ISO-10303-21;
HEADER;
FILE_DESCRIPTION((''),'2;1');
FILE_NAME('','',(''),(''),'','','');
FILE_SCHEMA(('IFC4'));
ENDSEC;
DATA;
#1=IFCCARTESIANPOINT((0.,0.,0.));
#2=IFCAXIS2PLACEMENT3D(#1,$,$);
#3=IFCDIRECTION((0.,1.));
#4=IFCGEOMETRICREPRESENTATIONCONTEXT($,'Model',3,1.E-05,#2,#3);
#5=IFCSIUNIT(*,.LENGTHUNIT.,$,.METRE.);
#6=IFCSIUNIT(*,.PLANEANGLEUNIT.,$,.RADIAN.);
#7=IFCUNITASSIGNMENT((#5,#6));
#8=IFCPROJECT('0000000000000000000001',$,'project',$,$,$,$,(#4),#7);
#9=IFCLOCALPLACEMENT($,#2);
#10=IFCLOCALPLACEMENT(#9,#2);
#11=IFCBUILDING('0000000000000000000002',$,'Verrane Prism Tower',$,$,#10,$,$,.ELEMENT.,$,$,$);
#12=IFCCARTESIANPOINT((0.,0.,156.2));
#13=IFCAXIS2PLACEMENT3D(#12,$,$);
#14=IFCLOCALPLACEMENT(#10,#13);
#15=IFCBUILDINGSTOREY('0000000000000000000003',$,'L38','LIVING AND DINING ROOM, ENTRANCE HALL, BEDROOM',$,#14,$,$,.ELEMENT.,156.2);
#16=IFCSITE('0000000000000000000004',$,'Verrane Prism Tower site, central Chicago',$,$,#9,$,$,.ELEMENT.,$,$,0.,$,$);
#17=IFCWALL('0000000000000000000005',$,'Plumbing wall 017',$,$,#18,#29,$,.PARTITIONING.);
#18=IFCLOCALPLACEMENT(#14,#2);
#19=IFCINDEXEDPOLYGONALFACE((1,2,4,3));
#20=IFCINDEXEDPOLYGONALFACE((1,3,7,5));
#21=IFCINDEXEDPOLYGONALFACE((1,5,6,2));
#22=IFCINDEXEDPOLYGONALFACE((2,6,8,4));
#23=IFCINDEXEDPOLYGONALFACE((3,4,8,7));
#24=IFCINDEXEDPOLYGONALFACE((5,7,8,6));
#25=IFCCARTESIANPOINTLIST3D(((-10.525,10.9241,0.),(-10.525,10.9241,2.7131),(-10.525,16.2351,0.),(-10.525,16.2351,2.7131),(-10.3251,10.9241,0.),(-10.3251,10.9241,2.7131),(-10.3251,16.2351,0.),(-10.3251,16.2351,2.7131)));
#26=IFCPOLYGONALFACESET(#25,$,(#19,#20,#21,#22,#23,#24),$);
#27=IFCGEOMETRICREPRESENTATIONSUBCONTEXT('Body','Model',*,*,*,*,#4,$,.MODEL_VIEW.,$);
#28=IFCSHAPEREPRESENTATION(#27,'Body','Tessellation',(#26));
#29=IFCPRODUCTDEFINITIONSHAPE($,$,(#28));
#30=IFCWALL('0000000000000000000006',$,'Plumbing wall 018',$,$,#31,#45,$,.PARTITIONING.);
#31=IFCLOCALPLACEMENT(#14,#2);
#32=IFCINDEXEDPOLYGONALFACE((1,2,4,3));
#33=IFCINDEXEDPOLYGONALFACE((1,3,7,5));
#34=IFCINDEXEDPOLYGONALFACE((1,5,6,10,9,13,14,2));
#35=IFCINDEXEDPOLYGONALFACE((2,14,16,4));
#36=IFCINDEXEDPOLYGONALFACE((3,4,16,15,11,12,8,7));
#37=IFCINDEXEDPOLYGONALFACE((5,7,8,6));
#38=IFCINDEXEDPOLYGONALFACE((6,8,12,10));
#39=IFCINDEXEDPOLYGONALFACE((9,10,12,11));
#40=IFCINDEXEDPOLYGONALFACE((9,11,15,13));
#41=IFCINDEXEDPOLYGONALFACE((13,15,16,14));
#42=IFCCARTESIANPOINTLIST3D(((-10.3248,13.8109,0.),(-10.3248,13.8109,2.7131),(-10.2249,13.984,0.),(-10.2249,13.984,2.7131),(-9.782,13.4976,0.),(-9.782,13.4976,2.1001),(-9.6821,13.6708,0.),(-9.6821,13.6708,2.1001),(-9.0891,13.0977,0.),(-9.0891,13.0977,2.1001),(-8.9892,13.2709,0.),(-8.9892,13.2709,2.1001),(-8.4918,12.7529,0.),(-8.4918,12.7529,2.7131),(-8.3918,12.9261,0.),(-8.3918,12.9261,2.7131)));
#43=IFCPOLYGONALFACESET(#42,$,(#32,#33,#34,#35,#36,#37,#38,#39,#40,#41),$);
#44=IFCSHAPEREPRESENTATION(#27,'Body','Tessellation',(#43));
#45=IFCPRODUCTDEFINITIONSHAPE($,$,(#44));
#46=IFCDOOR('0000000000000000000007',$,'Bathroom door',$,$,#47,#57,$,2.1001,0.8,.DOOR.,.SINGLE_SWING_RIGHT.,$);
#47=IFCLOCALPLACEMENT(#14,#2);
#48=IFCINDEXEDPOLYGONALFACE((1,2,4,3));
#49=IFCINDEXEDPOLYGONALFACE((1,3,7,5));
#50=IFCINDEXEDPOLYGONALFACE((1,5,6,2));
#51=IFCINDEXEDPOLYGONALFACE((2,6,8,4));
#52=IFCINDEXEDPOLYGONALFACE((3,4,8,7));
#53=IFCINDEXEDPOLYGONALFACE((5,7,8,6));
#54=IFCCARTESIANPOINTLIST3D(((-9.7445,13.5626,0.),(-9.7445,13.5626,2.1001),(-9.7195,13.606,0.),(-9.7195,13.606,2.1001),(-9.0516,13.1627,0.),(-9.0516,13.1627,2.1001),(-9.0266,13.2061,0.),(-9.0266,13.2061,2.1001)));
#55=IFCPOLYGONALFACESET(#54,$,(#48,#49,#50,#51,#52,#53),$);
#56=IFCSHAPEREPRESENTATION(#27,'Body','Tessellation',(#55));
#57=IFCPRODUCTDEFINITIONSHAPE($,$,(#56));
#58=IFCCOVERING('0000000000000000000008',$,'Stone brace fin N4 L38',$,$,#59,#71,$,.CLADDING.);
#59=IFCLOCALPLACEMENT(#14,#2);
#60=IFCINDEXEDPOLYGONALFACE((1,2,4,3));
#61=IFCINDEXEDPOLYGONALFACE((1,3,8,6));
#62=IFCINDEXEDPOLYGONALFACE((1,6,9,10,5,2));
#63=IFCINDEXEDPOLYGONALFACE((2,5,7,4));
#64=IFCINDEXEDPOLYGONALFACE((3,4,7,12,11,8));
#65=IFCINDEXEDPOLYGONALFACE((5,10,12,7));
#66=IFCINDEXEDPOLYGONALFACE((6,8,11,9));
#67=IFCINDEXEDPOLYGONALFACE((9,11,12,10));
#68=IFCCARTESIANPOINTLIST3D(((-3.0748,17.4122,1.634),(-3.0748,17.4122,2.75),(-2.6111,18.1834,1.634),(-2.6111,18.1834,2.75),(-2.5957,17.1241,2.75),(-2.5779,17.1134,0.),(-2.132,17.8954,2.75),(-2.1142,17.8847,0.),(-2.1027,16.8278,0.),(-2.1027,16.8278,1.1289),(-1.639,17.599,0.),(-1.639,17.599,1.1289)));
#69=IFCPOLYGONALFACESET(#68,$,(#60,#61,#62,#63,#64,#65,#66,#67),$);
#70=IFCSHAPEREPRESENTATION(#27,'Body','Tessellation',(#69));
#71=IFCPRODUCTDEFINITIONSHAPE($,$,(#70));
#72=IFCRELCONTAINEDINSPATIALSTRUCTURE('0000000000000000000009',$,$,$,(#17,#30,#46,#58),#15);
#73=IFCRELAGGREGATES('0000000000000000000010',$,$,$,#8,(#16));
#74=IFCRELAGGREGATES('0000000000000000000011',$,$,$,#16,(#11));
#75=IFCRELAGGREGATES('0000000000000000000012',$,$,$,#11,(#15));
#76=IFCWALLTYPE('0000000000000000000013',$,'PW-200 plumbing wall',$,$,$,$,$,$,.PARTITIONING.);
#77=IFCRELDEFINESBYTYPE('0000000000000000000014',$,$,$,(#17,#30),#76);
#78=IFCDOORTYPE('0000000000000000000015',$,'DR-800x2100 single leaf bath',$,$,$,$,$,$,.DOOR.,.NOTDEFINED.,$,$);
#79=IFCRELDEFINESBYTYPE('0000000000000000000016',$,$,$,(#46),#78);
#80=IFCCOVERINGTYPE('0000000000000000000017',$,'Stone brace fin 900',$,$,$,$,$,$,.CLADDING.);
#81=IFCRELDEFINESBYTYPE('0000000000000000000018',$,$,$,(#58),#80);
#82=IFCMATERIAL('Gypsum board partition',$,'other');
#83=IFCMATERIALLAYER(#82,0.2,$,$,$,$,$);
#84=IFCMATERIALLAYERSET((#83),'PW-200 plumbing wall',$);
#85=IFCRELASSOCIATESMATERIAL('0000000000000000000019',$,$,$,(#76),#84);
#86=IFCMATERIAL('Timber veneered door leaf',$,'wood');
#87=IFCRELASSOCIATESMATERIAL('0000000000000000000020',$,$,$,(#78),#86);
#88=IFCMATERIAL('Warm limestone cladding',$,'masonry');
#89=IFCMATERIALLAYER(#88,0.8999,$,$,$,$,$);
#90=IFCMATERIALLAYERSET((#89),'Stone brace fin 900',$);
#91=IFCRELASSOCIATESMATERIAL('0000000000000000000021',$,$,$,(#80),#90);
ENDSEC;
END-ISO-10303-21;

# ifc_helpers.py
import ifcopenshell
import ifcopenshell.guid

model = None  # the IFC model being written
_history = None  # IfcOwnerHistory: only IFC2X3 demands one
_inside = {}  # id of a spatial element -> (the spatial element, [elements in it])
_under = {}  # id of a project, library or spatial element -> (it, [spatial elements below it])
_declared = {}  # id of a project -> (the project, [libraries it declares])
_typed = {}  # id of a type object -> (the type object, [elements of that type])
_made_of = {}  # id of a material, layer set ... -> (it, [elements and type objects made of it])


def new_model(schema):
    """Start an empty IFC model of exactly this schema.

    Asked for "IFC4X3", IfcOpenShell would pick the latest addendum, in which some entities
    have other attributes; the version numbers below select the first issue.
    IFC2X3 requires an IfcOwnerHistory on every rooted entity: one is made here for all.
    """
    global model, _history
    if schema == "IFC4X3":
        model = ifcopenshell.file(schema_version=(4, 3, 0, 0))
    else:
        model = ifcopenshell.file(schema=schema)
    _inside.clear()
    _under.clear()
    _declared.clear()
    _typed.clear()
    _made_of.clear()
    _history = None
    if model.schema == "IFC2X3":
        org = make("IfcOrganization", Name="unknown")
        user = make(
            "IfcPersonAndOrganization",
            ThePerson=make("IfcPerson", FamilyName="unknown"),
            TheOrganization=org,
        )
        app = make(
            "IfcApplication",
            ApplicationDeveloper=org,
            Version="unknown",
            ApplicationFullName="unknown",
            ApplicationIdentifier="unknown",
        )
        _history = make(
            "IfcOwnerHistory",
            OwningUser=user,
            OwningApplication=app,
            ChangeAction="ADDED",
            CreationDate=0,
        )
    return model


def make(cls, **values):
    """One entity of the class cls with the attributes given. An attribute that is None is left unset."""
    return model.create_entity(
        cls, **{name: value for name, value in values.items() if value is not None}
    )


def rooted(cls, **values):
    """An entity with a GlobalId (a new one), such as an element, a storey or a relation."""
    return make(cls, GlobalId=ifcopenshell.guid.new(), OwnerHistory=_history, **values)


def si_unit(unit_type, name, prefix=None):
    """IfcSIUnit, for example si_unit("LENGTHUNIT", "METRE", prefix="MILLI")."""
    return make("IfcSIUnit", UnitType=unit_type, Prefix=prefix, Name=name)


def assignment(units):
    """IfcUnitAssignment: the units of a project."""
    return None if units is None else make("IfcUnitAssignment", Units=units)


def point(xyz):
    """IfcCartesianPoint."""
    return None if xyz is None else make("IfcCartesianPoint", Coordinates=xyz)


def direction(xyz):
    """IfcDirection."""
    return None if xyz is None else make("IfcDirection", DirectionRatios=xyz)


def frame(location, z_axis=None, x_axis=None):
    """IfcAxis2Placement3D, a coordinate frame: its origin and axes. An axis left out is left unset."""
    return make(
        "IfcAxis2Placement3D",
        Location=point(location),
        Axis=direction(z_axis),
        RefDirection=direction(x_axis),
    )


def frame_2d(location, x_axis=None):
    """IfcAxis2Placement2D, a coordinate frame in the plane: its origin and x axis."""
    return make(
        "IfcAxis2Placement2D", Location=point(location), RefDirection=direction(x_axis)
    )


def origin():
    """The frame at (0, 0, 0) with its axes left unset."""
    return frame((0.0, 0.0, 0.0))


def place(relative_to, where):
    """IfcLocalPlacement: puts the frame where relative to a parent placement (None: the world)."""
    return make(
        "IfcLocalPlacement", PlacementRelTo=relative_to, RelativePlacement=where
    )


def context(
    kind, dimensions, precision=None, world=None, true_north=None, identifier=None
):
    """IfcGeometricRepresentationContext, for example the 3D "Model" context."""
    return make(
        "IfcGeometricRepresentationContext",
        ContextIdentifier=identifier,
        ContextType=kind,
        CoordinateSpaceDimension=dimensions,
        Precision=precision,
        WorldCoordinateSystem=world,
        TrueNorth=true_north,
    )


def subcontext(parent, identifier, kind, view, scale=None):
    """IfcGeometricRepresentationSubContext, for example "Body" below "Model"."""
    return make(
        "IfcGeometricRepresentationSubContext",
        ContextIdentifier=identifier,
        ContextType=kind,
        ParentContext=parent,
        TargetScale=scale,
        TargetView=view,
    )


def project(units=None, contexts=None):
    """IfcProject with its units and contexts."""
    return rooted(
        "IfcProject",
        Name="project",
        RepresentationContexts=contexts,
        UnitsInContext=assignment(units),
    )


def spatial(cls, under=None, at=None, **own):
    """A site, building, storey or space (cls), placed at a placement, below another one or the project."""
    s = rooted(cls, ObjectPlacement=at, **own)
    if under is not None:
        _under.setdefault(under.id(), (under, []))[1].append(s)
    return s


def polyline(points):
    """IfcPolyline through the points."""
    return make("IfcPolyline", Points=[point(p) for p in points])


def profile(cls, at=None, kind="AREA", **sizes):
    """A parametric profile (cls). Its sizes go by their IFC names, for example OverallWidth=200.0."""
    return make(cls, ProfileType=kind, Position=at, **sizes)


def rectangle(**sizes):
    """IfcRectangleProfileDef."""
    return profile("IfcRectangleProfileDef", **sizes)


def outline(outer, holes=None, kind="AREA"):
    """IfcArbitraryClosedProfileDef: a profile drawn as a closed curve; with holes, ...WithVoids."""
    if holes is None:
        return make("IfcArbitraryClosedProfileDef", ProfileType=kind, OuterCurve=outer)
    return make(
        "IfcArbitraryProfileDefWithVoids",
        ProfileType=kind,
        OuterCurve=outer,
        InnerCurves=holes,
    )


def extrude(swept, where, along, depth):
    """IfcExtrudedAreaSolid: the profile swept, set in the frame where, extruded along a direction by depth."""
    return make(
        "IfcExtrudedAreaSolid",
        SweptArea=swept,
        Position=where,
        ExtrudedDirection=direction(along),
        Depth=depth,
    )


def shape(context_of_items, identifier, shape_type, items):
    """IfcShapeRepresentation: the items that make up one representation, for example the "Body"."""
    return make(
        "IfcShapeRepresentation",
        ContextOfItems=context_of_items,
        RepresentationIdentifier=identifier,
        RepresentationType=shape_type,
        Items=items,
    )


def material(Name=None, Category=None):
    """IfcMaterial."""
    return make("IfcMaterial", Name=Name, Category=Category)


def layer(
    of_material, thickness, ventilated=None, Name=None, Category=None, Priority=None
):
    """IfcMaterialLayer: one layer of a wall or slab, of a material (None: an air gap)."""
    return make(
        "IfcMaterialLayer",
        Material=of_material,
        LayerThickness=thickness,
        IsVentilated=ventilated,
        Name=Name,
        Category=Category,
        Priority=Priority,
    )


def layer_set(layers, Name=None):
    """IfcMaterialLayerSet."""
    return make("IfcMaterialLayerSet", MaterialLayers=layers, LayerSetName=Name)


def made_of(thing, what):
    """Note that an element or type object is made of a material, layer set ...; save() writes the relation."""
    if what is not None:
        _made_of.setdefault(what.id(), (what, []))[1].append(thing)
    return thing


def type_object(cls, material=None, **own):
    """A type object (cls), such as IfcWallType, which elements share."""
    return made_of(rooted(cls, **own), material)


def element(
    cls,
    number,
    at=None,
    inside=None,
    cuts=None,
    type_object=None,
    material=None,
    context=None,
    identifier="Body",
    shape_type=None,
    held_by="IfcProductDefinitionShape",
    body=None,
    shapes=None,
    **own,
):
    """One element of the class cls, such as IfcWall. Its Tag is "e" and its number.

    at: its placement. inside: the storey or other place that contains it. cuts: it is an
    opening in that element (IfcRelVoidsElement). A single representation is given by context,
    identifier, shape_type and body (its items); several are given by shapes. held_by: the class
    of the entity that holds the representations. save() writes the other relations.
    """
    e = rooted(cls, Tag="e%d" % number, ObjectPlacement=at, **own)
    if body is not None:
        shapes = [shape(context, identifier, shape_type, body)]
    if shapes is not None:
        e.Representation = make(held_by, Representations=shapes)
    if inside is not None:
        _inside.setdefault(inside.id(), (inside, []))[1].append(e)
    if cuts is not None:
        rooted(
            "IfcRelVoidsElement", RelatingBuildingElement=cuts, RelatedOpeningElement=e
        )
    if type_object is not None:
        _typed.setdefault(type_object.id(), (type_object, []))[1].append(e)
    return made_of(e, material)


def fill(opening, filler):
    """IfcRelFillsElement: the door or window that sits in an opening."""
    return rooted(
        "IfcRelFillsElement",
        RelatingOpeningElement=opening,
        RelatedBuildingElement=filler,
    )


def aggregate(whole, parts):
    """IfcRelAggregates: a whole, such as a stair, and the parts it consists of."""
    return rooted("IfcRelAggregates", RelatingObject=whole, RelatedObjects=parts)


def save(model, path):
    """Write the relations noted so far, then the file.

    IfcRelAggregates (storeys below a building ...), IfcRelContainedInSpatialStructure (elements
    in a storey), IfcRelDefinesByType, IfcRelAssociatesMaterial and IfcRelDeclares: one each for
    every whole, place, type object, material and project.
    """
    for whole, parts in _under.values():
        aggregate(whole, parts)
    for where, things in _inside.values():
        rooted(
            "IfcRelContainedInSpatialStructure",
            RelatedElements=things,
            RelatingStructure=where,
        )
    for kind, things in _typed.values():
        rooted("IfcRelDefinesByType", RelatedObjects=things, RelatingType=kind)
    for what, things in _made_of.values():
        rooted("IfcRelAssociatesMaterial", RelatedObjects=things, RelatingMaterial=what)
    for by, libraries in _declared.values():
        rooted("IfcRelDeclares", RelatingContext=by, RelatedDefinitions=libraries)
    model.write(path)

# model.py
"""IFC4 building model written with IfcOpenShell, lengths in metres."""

from ifc_helpers import new_model, si_unit, direction, frame, frame_2d, origin, place, context, subcontext, project, spatial, polyline, rectangle, outline, extrude, material, layer, layer_set, type_object, element, fill, save


model = new_model("IFC4")

# Units and contexts
model_context = context("Model", 3, precision=1e-05, world=origin(), true_north=direction((0.0, 1.0)))
body_context = subcontext(model_context, "Body", "Model", "MODEL_VIEW")
ifc_project = project(units=[si_unit("LENGTHUNIT", "METRE"), si_unit("PLANEANGLEUNIT", "RADIAN")], contexts=[model_context])

# Site, building, storey
site_placement = place(None, origin())
site = spatial("IfcSite", under=ifc_project, at=site_placement, Name="Verrane Prism Tower site, central Chicago", CompositionType="ELEMENT", RefElevation=0.0)
building_placement = place(site_placement, origin())
building = spatial("IfcBuilding", under=site, at=building_placement, Name="Verrane Prism Tower", CompositionType="ELEMENT")
storey_placement = place(building_placement, frame((0.0, 0.0, 156.2)))
storey = spatial("IfcBuildingStorey", under=building, at=storey_placement, Name="L38", Description="LIVING AND DINING ROOM, ENTRANCE HALL, BEDROOM", CompositionType="ELEMENT", Elevation=156.2)

# Shared definitions
ifc_material_1 = material(Name="Gypsum board partition", Category="other")
ifc_layer_1 = layer(ifc_material_1, 0.2)
ifc_layer_set_1 = layer_set([ifc_layer_1], Name="PW-200 plumbing wall")
wall_type = type_object("IfcWallType", Name="PW-200 plumbing wall", PredefinedType="PARTITIONING", material=ifc_layer_set_1)

# Shared definitions
ifc_material_2 = material(Name="Timber veneered door leaf", Category="wood")
door_type = type_object("IfcDoorType", Name="DR-800x2100 single leaf bath", OperationType="NOTDEFINED", PredefinedType="DOOR", material=ifc_material_2)

# Wall
wall_1_placement = place(storey_placement, frame((-10.425, 10.9241, 0.0), z_axis=(0.0, 0.0, 1.0), x_axis=(0.0, 1.0, 0.0)))
element("IfcWall", 1, at=wall_1_placement, inside=storey, type_object=wall_type, Name="Plumbing wall 017", PredefinedType="PARTITIONING", context=body_context, shape_type="SweptSolid", body=[
    extrude(rectangle(XDim=5.311, YDim=0.2, at=frame_2d((2.6555, 0.0))), origin(), (0.0, 0.0, 1.0), 2.7131),
])

# Wall, opening, door
wall_2_placement = place(storey_placement, frame((-8.4419, 12.8396, 0.0), z_axis=(0.0, 0.0, 1.0), x_axis=(-0.866113, 0.499849, 0.0)))
wall_2 = element("IfcWall", 2, at=wall_2_placement, inside=storey, type_object=wall_type, Name="Plumbing wall 018", PredefinedType="PARTITIONING", context=body_context, shape_type="SweptSolid", body=[
    extrude(rectangle(XDim=2.1165, YDim=0.2, at=frame_2d((1.0581, 0.0))), origin(), (0.0, 0.0, 1.0), 2.7131),
])
opening_1_placement = place(wall_2_placement, frame((0.6897, 0.0, 0.0)))
opening_1 = element("IfcOpeningElement", 3, at=opening_1_placement, cuts=wall_2, PredefinedType="OPENING", context=body_context, shape_type="SweptSolid", body=[
    extrude(rectangle(XDim=0.8, YDim=2.1001, at=frame_2d((0.3999, 1.05))), frame((0.0, 0.1099, 0.0), z_axis=(0.0, -1.0, 0.0), x_axis=(1.0, 0.0, 0.0)), (0.0, 0.0, 1.0), 0.22),
])
door_1_placement = place(opening_1_placement, origin())
door_1 = element("IfcDoor", 4, at=door_1_placement, inside=storey, type_object=door_type, Name="Bathroom door", OperationType="SINGLE_SWING_RIGHT", OverallHeight=2.1001, OverallWidth=0.8, PredefinedType="DOOR", context=body_context, shape_type="SweptSolid", body=[
    extrude(rectangle(XDim=0.8, YDim=2.1001, at=frame_2d((0.3999, 1.05))), frame((0.0, 0.0249, 0.0), z_axis=(0.0, -1.0, 0.0), x_axis=(1.0, 0.0, 0.0)), (0.0, 0.0, 1.0), 0.05),
])
fill(opening_1, door_1)

# Covering
ifc_material_3 = material(Name="Warm limestone cladding", Category="masonry")
ifc_layer_2 = layer(ifc_material_3, 0.8999)
ifc_layer_set_2 = layer_set([ifc_layer_2], Name="Stone brace fin 900")
covering_type = type_object("IfcCoveringType", Name="Stone brace fin 900", PredefinedType="CLADDING", material=ifc_layer_set_2)
covering_placement = place(storey_placement, frame((-1.8708, 17.2134, 0.0), z_axis=(0.0, 0.0, 1.0), x_axis=(-0.857037, 0.515255, 0.0)))
element("IfcCovering", 5, at=covering_placement, inside=storey, type_object=covering_type, Name="Stone brace fin N4 L38", PredefinedType="CLADDING", context=body_context, shape_type="SweptSolid", body=[
    extrude(outline(polyline([(1.1343, 2.75), (0.5752, 2.75), (0.0, 1.1289), (0.0, 0.0), (0.5544, 0.0), (1.1343, 1.634), (1.1343, 2.75)])), frame((0.0, 0.45, 0.0), z_axis=(0.0, -1.0, 0.0), x_axis=(1.0, 0.0, 0.0)), (0.0, 0.0, 1.0), 0.8999),
])

save(model, "model.ifc")
